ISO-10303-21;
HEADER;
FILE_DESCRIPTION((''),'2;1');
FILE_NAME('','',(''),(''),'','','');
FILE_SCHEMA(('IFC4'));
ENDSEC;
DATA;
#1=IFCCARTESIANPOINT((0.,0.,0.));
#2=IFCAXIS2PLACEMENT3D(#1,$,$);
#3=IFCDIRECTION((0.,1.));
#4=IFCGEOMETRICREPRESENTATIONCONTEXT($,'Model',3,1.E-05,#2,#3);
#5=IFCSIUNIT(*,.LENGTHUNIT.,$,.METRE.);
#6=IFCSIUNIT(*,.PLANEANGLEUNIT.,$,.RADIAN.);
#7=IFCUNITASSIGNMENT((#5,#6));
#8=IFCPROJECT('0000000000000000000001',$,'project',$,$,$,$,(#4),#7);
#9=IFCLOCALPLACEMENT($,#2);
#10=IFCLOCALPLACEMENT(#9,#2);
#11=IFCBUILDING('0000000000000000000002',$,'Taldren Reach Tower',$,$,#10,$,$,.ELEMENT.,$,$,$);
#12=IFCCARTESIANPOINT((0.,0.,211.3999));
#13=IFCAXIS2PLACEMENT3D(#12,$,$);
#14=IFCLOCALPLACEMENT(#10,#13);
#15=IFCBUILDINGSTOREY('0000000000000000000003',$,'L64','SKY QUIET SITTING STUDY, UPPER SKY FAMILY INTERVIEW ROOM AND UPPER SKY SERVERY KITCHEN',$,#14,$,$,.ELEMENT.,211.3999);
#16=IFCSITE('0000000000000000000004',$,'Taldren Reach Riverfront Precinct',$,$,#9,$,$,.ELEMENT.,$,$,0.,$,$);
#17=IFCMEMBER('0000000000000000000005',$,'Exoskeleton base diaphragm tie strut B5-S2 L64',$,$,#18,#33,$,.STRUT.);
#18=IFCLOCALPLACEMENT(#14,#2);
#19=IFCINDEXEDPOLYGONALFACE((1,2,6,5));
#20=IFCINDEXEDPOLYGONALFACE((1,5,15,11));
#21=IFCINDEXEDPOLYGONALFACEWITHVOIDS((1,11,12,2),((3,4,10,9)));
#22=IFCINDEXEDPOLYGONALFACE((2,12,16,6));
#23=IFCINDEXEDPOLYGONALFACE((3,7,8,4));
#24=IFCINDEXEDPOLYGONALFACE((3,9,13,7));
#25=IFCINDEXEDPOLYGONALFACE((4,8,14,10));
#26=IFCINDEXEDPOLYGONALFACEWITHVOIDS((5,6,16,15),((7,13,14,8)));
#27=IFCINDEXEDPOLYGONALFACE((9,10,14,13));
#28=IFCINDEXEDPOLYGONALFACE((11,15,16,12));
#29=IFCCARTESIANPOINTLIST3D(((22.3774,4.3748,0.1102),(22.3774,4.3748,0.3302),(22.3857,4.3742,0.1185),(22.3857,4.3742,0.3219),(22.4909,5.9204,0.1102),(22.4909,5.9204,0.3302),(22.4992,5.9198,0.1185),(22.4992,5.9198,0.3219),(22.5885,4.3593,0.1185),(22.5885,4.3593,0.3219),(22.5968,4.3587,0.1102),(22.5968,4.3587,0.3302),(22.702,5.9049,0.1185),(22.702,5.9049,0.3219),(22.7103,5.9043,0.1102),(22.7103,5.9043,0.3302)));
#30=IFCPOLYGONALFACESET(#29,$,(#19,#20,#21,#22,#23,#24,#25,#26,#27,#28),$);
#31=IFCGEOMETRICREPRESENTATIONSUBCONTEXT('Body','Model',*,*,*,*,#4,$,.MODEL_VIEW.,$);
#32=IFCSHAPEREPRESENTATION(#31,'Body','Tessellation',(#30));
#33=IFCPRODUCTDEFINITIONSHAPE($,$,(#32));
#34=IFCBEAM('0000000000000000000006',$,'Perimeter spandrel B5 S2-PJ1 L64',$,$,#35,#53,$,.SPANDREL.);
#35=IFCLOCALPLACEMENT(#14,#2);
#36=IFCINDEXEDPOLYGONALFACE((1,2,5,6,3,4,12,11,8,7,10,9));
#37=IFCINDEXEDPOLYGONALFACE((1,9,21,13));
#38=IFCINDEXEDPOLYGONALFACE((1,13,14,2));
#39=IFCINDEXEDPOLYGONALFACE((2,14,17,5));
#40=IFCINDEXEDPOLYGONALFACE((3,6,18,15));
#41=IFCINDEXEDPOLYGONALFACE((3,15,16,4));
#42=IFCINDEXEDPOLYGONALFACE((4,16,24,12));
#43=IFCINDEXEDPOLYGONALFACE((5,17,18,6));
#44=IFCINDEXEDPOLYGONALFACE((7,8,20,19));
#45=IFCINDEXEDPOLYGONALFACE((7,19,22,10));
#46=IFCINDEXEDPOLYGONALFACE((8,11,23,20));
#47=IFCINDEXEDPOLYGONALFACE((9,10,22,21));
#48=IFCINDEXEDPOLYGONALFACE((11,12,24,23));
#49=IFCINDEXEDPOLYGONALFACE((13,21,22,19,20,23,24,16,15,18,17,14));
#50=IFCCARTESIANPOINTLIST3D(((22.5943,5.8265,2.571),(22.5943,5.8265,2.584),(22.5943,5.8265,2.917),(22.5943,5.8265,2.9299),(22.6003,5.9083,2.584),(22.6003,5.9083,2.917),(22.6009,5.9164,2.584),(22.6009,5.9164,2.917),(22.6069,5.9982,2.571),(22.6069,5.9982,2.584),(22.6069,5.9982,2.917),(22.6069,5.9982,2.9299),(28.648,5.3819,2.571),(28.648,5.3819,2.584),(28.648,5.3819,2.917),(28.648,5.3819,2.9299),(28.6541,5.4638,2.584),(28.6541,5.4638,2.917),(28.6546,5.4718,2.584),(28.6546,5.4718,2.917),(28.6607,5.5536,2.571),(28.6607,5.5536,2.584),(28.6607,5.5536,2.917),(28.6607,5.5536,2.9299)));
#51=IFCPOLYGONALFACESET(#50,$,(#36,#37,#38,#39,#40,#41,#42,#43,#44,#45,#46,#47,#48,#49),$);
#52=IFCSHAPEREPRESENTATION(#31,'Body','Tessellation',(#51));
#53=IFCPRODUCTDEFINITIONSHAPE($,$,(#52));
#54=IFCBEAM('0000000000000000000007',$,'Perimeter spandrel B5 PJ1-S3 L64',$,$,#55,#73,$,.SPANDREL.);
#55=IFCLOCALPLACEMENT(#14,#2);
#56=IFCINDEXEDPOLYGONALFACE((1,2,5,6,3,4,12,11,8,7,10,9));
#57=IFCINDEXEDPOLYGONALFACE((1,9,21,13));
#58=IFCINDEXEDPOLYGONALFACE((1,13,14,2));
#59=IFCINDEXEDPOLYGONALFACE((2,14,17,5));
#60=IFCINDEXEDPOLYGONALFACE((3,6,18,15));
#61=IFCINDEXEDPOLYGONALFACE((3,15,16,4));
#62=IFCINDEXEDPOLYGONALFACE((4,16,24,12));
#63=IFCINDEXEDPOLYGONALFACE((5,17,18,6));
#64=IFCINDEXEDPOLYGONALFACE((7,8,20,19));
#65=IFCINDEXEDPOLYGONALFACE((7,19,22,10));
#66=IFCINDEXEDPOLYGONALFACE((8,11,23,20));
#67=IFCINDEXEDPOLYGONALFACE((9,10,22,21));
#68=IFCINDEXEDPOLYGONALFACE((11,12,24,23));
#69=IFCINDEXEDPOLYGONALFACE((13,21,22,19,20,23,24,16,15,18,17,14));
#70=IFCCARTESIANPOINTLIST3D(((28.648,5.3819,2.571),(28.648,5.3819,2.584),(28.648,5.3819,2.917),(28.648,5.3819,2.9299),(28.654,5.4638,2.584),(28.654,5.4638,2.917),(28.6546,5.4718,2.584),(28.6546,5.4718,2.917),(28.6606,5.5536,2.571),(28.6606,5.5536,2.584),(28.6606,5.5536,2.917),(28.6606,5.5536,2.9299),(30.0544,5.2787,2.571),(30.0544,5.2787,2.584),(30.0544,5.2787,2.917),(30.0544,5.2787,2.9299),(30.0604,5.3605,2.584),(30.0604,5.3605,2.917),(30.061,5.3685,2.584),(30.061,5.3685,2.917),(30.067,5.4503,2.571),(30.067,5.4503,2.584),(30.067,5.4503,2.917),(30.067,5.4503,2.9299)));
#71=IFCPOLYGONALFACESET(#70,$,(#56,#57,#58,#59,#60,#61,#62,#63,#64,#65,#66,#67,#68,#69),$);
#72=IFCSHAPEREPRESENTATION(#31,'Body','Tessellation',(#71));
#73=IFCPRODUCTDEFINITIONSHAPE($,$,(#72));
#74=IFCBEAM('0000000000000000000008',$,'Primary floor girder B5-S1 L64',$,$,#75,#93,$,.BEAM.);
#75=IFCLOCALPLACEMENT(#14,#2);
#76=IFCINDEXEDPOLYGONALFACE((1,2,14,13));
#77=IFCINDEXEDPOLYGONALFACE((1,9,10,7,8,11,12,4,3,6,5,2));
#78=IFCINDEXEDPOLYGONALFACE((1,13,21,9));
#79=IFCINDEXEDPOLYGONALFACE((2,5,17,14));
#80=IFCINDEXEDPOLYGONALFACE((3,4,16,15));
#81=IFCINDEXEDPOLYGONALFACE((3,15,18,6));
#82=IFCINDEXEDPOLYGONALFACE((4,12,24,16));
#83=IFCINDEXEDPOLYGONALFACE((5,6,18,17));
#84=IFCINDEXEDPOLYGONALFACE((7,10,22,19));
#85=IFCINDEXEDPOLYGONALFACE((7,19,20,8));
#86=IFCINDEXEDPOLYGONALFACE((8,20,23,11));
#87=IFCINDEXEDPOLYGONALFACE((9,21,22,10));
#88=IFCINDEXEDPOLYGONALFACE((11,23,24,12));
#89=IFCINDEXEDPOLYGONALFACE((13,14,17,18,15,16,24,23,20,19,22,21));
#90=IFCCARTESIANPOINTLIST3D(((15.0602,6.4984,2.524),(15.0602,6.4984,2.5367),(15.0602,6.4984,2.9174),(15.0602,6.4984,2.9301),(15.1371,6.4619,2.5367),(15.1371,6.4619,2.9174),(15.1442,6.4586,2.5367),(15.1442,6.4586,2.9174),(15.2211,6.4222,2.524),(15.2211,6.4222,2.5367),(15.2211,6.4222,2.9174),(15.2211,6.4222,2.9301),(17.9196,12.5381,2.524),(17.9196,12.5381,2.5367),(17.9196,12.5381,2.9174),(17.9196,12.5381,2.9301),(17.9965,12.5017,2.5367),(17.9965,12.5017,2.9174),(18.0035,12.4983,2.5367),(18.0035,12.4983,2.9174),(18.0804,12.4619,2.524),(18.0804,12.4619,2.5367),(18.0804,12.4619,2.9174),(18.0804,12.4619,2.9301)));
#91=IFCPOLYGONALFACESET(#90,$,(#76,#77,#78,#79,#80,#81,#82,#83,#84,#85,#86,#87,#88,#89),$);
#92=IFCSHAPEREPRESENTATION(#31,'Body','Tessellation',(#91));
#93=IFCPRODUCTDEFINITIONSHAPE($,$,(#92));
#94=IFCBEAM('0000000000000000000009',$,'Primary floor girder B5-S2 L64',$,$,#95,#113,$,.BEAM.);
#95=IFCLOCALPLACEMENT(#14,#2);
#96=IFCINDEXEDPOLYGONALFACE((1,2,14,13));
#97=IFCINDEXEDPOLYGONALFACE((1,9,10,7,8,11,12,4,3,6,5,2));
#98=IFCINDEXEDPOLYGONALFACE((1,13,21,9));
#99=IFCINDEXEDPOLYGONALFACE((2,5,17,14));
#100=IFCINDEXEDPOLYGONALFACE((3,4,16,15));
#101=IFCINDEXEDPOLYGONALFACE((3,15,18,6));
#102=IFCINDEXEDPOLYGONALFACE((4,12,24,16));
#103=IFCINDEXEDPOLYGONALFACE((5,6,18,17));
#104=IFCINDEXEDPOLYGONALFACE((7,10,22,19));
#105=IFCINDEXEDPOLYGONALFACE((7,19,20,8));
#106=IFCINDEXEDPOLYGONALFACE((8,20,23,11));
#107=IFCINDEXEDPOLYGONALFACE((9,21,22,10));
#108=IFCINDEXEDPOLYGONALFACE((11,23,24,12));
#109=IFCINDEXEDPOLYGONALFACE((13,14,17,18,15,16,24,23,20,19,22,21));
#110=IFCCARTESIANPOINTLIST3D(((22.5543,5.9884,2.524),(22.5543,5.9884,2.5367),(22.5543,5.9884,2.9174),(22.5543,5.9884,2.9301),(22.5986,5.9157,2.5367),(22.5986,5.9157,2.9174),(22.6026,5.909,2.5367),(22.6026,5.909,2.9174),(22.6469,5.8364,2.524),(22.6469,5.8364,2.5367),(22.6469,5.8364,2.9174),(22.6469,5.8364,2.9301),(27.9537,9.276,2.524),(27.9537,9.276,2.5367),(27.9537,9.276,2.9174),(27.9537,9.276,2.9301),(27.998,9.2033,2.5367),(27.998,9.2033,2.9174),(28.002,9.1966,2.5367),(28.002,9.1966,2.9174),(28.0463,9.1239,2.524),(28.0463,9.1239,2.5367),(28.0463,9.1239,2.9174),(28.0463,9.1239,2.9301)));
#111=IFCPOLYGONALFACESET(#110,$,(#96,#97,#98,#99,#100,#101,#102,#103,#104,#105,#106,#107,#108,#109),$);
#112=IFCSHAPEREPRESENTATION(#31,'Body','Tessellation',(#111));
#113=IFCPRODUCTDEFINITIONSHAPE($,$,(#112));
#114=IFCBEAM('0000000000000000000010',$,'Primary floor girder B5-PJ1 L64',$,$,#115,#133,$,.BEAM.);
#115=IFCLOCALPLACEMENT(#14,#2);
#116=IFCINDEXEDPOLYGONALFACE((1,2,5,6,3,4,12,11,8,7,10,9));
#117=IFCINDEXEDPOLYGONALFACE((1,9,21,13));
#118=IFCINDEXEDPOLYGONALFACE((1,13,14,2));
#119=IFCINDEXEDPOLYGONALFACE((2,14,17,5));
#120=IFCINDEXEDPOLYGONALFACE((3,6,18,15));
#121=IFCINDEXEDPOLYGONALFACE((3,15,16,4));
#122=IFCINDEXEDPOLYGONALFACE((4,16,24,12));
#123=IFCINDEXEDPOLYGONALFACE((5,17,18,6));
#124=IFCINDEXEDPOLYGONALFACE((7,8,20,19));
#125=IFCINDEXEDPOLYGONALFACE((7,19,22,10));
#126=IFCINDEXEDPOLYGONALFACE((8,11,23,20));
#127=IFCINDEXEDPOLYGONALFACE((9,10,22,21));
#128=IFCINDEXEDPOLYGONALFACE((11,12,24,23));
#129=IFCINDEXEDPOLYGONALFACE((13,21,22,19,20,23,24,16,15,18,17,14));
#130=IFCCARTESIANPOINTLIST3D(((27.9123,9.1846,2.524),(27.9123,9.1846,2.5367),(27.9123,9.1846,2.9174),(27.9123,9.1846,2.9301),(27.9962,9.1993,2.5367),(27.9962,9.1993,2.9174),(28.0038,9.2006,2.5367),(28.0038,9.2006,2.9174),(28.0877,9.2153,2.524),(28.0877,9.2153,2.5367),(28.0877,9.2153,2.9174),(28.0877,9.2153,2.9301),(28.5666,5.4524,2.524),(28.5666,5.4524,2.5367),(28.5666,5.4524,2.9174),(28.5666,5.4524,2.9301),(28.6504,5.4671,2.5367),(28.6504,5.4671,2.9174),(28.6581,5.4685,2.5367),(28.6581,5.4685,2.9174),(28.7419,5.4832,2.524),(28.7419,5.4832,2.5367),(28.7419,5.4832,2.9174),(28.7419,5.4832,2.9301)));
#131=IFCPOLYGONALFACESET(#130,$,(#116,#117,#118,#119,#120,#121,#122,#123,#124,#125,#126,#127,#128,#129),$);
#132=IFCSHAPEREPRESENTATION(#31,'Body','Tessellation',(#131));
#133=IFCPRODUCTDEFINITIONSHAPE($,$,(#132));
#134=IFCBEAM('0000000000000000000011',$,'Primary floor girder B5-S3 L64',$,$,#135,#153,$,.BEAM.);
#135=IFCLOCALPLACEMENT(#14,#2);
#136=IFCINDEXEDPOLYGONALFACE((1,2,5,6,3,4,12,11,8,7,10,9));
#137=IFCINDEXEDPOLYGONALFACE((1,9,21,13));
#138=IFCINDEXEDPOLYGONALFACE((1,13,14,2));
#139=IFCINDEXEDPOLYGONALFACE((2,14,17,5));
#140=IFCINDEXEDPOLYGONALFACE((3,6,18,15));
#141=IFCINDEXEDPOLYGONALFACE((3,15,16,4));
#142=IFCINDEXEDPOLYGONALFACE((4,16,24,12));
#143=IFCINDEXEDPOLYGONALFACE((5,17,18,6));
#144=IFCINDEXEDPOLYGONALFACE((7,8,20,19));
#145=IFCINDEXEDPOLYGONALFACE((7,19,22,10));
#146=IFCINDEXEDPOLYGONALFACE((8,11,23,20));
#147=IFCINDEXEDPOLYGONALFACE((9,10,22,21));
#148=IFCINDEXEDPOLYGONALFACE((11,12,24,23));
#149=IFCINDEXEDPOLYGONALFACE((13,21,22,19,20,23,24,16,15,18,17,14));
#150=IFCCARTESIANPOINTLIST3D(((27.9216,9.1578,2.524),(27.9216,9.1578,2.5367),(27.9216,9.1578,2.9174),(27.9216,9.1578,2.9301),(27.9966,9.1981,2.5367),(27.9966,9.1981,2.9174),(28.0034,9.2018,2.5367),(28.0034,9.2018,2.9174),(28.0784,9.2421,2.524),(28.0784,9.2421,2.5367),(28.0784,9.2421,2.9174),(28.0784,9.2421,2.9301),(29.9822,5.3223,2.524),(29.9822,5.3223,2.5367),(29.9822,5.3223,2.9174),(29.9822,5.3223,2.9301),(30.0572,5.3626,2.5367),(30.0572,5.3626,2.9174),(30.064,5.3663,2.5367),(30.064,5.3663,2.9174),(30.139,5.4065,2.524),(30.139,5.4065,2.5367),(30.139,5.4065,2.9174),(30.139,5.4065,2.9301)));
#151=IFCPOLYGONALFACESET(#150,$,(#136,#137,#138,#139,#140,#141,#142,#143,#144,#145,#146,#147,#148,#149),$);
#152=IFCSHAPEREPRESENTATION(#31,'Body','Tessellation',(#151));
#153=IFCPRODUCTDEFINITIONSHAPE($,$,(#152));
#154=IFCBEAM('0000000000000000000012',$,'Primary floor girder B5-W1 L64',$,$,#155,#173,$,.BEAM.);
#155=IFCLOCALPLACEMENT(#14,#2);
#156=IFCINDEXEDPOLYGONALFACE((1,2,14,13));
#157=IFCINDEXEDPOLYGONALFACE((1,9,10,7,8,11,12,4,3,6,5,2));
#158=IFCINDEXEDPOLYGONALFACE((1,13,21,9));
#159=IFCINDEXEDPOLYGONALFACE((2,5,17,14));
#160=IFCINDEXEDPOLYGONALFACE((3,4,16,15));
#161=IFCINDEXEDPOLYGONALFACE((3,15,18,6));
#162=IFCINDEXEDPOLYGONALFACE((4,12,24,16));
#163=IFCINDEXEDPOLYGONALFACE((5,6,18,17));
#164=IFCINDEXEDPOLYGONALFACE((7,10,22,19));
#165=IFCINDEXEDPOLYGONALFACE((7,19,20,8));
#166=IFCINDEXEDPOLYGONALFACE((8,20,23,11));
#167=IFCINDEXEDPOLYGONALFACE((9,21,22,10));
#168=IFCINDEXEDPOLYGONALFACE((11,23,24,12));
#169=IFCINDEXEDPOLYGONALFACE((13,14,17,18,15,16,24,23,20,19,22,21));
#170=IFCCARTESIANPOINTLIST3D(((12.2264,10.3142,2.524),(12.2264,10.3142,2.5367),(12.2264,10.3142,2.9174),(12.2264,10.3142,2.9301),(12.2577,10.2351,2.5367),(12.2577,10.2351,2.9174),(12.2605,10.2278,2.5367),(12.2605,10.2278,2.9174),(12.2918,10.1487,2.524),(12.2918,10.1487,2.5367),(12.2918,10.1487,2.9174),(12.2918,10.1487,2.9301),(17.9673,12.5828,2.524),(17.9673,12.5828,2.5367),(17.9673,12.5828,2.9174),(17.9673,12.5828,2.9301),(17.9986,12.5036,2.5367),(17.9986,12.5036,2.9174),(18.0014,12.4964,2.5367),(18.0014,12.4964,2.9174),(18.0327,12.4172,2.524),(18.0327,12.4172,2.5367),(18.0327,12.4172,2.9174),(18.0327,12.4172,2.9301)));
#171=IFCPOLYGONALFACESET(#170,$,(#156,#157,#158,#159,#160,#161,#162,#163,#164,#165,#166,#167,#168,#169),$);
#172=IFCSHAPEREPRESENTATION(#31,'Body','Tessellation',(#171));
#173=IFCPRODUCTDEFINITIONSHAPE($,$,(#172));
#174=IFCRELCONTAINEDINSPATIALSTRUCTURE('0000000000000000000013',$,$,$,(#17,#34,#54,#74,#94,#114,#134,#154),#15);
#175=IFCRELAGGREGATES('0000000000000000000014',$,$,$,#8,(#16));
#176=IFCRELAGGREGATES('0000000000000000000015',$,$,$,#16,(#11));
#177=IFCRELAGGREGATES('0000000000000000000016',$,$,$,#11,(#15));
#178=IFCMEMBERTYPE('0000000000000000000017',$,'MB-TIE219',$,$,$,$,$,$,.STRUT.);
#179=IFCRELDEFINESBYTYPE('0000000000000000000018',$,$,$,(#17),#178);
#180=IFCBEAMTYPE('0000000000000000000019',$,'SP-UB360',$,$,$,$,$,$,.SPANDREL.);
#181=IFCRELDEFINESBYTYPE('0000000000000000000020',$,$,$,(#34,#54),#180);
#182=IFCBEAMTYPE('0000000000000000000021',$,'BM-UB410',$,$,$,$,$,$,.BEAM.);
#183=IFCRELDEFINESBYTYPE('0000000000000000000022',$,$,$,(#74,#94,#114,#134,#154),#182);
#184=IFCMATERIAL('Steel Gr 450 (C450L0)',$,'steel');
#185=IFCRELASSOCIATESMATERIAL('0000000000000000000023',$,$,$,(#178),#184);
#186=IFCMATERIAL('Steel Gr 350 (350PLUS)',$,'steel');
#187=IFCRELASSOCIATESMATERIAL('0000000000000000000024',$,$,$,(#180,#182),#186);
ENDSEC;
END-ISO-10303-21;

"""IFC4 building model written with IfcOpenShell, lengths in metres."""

from ifc_helpers import new_model, si_unit, direction, frame, origin, origin_2d, place, context, subcontext, project, spatial, hollow_rectangle, i_section, extrude, source, transform, mapped, material, material_profile, profile_set, type_object, element, save


model = new_model("IFC4")

# Units and contexts
model_context = context("Model", 3, precision=1e-05, world=origin(), true_north=direction((0.0, 1.0)))
body_context = subcontext(model_context, "Body", "Model", "MODEL_VIEW")
ifc_project = project(units=[si_unit("LENGTHUNIT", "METRE"), si_unit("PLANEANGLEUNIT", "RADIAN")], contexts=[model_context])

# Site, building, storey
site_placement = place(None, origin())
site = spatial("IfcSite", under=ifc_project, at=site_placement, Name="Taldren Reach Riverfront Precinct", CompositionType="ELEMENT", RefElevation=0.0)
building_placement = place(site_placement, origin())
building = spatial("IfcBuilding", under=site, at=building_placement, Name="Taldren Reach Tower", CompositionType="ELEMENT")
storey_placement = place(building_placement, frame((0.0, 0.0, 211.3999)))
storey = spatial("IfcBuildingStorey", under=building, at=storey_placement, Name="L64", Description="SKY QUIET SITTING STUDY, UPPER SKY FAMILY INTERVIEW ROOM AND UPPER SKY SERVERY KITCHEN", CompositionType="ELEMENT", Elevation=211.3999)

# Shared definitions
ifc_material_1 = material(Name="Steel Gr 350 (350PLUS)", Category="steel")
ifc_material_2 = material(Name="Steel Gr 450 (C450L0)", Category="steel")

# Member
ifc_material_profile_1 = material_profile(ifc_material_2, hollow_rectangle(XDim=0.22, YDim=0.22, WallThickness=0.0083, at=origin_2d()), Name="220x220x8.2SHS")
ifc_profile_set_1 = profile_set([ifc_material_profile_1], Name="Steel Gr 450 (C450L0)")
member_type_1 = type_object("IfcMemberType", Name="MB-TIE219", PredefinedType="STRUT", material=ifc_profile_set_1)
shared_shape_1 = source(origin(), body_context, "Body", "SweptSolid", [
    extrude(hollow_rectangle(XDim=0.22, YDim=0.22, WallThickness=0.0083, at=origin_2d()), origin(), (0.0, 0.0, 1.0), 1.5498),
])
for number, where, z_axis, x_axis, name in (
    (1, (22.6006, 5.9124, 0.2202), (-0.073251, -0.997314, 0.0), (0.997314, -0.073251, 0.0), "Exoskeleton base diaphragm tie strut B5-S2 L64"),
):
    element("IfcMember", number, at=place(storey_placement, frame(where, z_axis=z_axis, x_axis=x_axis)), inside=storey, type_object=member_type_1, Name=name, PredefinedType="STRUT", context=body_context, shape_type="MappedRepresentation", body=[
        mapped(shared_shape_1, transform((0.0, 0.0, 0.0), scale=1.0)),
    ])

# Beams
ifc_material_profile_2 = material_profile(ifc_material_1, i_section(OverallWidth=0.1721, OverallDepth=0.3589, WebThickness=0.0081, FlangeThickness=0.0129, at=origin_2d()), Name="360UB56.7")
ifc_profile_set_2 = profile_set([ifc_material_profile_2], Name="Steel Gr 350 (350PLUS)")
beam_type_1 = type_object("IfcBeamType", Name="SP-UB360", PredefinedType="SPANDREL", material=ifc_profile_set_2)
shared_shape_2 = source(origin(), body_context, "Body", "SweptSolid", [
    extrude(i_section(OverallWidth=0.1721, OverallDepth=0.3589, WebThickness=0.0081, FlangeThickness=0.0129, at=origin_2d()), origin(), (0.0, 0.0, 1.0), 6.0701),
])
beam_1_placement = place(storey_placement, frame((22.6006, 5.9124, 2.7505), z_axis=(0.997314, -0.073242, 0.0), x_axis=(0.073242, 0.997314, 0.0)))
element("IfcBeam", 2, at=beam_1_placement, inside=storey, type_object=beam_type_1, Name="Perimeter spandrel B5 S2-PJ1 L64", PredefinedType="SPANDREL", context=body_context, shape_type="MappedRepresentation", body=[
    mapped(shared_shape_2, transform((0.0, 0.0, 0.0), scale=1.0)),
])
shared_shape_3 = source(origin(), body_context, "Body", "SweptSolid", [
    extrude(i_section(OverallWidth=0.1721, OverallDepth=0.3589, WebThickness=0.0081, FlangeThickness=0.0129, at=origin_2d()), origin(), (0.0, 0.0, 1.0), 1.4102),
])
beam_2_placement = place(storey_placement, frame((28.6543, 5.4678, 2.7505), z_axis=(0.997314, -0.07324, 0.0), x_axis=(0.07324, 0.997314, 0.0)))
element("IfcBeam", 3, at=beam_2_placement, inside=storey, type_object=beam_type_1, Name="Perimeter spandrel B5 PJ1-S3 L64", PredefinedType="SPANDREL", context=body_context, shape_type="MappedRepresentation", body=[
    mapped(shared_shape_3, transform((0.0, 0.0, 0.0), scale=1.0)),
])
ifc_material_profile_3 = material_profile(ifc_material_1, i_section(OverallWidth=0.178, OverallDepth=0.406, WebThickness=0.0078, FlangeThickness=0.0127, at=origin_2d()), Name="410UB59.7")
ifc_profile_set_3 = profile_set([ifc_material_profile_3], Name="Steel Gr 350 (350PLUS)")
beam_type_2 = type_object("IfcBeamType", Name="BM-UB410", PredefinedType="BEAM", material=ifc_profile_set_3)
shared_shape_4 = source(origin(), body_context, "Body", "SweptSolid", [
    extrude(i_section(OverallWidth=0.178, OverallDepth=0.406, WebThickness=0.0078, FlangeThickness=0.0127, at=origin_2d()), origin(), (0.0, 0.0, 1.0), 6.6824),
])
beam_3_placement = place(storey_placement, frame((18.0, 12.5, 2.7271), z_axis=(-0.427893, -0.903829, 0.0), x_axis=(0.903829, -0.427893, 0.0)))
element("IfcBeam", 4, at=beam_3_placement, inside=storey, type_object=beam_type_2, Name="Primary floor girder B5-S1 L64", PredefinedType="BEAM", context=body_context, shape_type="MappedRepresentation", body=[
    mapped(shared_shape_4, transform((0.0, 0.0, 0.0), scale=1.0)),
])
shared_shape_5 = source(origin(), body_context, "Body", "SweptSolid", [
    extrude(i_section(OverallWidth=0.178, OverallDepth=0.406, WebThickness=0.0078, FlangeThickness=0.0127, at=origin_2d()), origin(), (0.0, 0.0, 1.0), 6.3215),
])
beam_4_placement = place(storey_placement, frame((28.0, 9.2, 2.7271), z_axis=(-0.854128, -0.520062, 0.0), x_axis=(0.520062, -0.854128, 0.0)))
element("IfcBeam", 5, at=beam_4_placement, inside=storey, type_object=beam_type_2, Name="Primary floor girder B5-S2 L64", PredefinedType="BEAM", context=body_context, shape_type="MappedRepresentation", body=[
    mapped(shared_shape_5, transform((0.0, 0.0, 0.0), scale=1.0)),
])
shared_shape_6 = source(origin(), body_context, "Body", "SweptSolid", [
    extrude(i_section(OverallWidth=0.178, OverallDepth=0.406, WebThickness=0.0078, FlangeThickness=0.0127, at=origin_2d()), origin(), (0.0, 0.0, 1.0), 3.7891),
])
beam_5_placement = place(storey_placement, frame((28.0, 9.2, 2.7271), z_axis=(0.172679, -0.984978, 0.0), x_axis=(0.984978, 0.172679, 0.0)))
element("IfcBeam", 6, at=beam_5_placement, inside=storey, type_object=beam_type_2, Name="Primary floor girder B5-PJ1 L64", PredefinedType="BEAM", context=body_context, shape_type="MappedRepresentation", body=[
    mapped(shared_shape_6, transform((0.0, 0.0, 0.0), scale=1.0)),
])
shared_shape_7 = source(origin(), body_context, "Body", "SweptSolid", [
    extrude(i_section(OverallWidth=0.178, OverallDepth=0.406, WebThickness=0.0078, FlangeThickness=0.0127, at=origin_2d()), origin(), (0.0, 0.0, 1.0), 4.354),
])
beam_6_placement = place(storey_placement, frame((28.0, 9.2, 2.7271), z_axis=(0.473264, -0.880921, 0.0), x_axis=(0.880921, 0.473264, 0.0)))
element("IfcBeam", 7, at=beam_6_placement, inside=storey, type_object=beam_type_2, Name="Primary floor girder B5-S3 L64", PredefinedType="BEAM", context=body_context, shape_type="MappedRepresentation", body=[
    mapped(shared_shape_7, transform((0.0, 0.0, 0.0), scale=1.0)),
])
shared_shape_8 = source(origin(), body_context, "Body", "SweptSolid", [
    extrude(i_section(OverallWidth=0.178, OverallDepth=0.406, WebThickness=0.0078, FlangeThickness=0.0127, at=origin_2d()), origin(), (0.0, 0.0, 1.0), 6.1729),
])
beam_7_placement = place(storey_placement, frame((18.0, 12.5, 2.7271), z_axis=(-0.930023, -0.367501, 0.0), x_axis=(0.367501, -0.930023, 0.0)))
element("IfcBeam", 8, at=beam_7_placement, inside=storey, type_object=beam_type_2, Name="Primary floor girder B5-W1 L64", PredefinedType="BEAM", context=body_context, shape_type="MappedRepresentation", body=[
    mapped(shared_shape_8, transform((0.0, 0.0, 0.0), scale=1.0)),
])

save(model, "model.ifc")
